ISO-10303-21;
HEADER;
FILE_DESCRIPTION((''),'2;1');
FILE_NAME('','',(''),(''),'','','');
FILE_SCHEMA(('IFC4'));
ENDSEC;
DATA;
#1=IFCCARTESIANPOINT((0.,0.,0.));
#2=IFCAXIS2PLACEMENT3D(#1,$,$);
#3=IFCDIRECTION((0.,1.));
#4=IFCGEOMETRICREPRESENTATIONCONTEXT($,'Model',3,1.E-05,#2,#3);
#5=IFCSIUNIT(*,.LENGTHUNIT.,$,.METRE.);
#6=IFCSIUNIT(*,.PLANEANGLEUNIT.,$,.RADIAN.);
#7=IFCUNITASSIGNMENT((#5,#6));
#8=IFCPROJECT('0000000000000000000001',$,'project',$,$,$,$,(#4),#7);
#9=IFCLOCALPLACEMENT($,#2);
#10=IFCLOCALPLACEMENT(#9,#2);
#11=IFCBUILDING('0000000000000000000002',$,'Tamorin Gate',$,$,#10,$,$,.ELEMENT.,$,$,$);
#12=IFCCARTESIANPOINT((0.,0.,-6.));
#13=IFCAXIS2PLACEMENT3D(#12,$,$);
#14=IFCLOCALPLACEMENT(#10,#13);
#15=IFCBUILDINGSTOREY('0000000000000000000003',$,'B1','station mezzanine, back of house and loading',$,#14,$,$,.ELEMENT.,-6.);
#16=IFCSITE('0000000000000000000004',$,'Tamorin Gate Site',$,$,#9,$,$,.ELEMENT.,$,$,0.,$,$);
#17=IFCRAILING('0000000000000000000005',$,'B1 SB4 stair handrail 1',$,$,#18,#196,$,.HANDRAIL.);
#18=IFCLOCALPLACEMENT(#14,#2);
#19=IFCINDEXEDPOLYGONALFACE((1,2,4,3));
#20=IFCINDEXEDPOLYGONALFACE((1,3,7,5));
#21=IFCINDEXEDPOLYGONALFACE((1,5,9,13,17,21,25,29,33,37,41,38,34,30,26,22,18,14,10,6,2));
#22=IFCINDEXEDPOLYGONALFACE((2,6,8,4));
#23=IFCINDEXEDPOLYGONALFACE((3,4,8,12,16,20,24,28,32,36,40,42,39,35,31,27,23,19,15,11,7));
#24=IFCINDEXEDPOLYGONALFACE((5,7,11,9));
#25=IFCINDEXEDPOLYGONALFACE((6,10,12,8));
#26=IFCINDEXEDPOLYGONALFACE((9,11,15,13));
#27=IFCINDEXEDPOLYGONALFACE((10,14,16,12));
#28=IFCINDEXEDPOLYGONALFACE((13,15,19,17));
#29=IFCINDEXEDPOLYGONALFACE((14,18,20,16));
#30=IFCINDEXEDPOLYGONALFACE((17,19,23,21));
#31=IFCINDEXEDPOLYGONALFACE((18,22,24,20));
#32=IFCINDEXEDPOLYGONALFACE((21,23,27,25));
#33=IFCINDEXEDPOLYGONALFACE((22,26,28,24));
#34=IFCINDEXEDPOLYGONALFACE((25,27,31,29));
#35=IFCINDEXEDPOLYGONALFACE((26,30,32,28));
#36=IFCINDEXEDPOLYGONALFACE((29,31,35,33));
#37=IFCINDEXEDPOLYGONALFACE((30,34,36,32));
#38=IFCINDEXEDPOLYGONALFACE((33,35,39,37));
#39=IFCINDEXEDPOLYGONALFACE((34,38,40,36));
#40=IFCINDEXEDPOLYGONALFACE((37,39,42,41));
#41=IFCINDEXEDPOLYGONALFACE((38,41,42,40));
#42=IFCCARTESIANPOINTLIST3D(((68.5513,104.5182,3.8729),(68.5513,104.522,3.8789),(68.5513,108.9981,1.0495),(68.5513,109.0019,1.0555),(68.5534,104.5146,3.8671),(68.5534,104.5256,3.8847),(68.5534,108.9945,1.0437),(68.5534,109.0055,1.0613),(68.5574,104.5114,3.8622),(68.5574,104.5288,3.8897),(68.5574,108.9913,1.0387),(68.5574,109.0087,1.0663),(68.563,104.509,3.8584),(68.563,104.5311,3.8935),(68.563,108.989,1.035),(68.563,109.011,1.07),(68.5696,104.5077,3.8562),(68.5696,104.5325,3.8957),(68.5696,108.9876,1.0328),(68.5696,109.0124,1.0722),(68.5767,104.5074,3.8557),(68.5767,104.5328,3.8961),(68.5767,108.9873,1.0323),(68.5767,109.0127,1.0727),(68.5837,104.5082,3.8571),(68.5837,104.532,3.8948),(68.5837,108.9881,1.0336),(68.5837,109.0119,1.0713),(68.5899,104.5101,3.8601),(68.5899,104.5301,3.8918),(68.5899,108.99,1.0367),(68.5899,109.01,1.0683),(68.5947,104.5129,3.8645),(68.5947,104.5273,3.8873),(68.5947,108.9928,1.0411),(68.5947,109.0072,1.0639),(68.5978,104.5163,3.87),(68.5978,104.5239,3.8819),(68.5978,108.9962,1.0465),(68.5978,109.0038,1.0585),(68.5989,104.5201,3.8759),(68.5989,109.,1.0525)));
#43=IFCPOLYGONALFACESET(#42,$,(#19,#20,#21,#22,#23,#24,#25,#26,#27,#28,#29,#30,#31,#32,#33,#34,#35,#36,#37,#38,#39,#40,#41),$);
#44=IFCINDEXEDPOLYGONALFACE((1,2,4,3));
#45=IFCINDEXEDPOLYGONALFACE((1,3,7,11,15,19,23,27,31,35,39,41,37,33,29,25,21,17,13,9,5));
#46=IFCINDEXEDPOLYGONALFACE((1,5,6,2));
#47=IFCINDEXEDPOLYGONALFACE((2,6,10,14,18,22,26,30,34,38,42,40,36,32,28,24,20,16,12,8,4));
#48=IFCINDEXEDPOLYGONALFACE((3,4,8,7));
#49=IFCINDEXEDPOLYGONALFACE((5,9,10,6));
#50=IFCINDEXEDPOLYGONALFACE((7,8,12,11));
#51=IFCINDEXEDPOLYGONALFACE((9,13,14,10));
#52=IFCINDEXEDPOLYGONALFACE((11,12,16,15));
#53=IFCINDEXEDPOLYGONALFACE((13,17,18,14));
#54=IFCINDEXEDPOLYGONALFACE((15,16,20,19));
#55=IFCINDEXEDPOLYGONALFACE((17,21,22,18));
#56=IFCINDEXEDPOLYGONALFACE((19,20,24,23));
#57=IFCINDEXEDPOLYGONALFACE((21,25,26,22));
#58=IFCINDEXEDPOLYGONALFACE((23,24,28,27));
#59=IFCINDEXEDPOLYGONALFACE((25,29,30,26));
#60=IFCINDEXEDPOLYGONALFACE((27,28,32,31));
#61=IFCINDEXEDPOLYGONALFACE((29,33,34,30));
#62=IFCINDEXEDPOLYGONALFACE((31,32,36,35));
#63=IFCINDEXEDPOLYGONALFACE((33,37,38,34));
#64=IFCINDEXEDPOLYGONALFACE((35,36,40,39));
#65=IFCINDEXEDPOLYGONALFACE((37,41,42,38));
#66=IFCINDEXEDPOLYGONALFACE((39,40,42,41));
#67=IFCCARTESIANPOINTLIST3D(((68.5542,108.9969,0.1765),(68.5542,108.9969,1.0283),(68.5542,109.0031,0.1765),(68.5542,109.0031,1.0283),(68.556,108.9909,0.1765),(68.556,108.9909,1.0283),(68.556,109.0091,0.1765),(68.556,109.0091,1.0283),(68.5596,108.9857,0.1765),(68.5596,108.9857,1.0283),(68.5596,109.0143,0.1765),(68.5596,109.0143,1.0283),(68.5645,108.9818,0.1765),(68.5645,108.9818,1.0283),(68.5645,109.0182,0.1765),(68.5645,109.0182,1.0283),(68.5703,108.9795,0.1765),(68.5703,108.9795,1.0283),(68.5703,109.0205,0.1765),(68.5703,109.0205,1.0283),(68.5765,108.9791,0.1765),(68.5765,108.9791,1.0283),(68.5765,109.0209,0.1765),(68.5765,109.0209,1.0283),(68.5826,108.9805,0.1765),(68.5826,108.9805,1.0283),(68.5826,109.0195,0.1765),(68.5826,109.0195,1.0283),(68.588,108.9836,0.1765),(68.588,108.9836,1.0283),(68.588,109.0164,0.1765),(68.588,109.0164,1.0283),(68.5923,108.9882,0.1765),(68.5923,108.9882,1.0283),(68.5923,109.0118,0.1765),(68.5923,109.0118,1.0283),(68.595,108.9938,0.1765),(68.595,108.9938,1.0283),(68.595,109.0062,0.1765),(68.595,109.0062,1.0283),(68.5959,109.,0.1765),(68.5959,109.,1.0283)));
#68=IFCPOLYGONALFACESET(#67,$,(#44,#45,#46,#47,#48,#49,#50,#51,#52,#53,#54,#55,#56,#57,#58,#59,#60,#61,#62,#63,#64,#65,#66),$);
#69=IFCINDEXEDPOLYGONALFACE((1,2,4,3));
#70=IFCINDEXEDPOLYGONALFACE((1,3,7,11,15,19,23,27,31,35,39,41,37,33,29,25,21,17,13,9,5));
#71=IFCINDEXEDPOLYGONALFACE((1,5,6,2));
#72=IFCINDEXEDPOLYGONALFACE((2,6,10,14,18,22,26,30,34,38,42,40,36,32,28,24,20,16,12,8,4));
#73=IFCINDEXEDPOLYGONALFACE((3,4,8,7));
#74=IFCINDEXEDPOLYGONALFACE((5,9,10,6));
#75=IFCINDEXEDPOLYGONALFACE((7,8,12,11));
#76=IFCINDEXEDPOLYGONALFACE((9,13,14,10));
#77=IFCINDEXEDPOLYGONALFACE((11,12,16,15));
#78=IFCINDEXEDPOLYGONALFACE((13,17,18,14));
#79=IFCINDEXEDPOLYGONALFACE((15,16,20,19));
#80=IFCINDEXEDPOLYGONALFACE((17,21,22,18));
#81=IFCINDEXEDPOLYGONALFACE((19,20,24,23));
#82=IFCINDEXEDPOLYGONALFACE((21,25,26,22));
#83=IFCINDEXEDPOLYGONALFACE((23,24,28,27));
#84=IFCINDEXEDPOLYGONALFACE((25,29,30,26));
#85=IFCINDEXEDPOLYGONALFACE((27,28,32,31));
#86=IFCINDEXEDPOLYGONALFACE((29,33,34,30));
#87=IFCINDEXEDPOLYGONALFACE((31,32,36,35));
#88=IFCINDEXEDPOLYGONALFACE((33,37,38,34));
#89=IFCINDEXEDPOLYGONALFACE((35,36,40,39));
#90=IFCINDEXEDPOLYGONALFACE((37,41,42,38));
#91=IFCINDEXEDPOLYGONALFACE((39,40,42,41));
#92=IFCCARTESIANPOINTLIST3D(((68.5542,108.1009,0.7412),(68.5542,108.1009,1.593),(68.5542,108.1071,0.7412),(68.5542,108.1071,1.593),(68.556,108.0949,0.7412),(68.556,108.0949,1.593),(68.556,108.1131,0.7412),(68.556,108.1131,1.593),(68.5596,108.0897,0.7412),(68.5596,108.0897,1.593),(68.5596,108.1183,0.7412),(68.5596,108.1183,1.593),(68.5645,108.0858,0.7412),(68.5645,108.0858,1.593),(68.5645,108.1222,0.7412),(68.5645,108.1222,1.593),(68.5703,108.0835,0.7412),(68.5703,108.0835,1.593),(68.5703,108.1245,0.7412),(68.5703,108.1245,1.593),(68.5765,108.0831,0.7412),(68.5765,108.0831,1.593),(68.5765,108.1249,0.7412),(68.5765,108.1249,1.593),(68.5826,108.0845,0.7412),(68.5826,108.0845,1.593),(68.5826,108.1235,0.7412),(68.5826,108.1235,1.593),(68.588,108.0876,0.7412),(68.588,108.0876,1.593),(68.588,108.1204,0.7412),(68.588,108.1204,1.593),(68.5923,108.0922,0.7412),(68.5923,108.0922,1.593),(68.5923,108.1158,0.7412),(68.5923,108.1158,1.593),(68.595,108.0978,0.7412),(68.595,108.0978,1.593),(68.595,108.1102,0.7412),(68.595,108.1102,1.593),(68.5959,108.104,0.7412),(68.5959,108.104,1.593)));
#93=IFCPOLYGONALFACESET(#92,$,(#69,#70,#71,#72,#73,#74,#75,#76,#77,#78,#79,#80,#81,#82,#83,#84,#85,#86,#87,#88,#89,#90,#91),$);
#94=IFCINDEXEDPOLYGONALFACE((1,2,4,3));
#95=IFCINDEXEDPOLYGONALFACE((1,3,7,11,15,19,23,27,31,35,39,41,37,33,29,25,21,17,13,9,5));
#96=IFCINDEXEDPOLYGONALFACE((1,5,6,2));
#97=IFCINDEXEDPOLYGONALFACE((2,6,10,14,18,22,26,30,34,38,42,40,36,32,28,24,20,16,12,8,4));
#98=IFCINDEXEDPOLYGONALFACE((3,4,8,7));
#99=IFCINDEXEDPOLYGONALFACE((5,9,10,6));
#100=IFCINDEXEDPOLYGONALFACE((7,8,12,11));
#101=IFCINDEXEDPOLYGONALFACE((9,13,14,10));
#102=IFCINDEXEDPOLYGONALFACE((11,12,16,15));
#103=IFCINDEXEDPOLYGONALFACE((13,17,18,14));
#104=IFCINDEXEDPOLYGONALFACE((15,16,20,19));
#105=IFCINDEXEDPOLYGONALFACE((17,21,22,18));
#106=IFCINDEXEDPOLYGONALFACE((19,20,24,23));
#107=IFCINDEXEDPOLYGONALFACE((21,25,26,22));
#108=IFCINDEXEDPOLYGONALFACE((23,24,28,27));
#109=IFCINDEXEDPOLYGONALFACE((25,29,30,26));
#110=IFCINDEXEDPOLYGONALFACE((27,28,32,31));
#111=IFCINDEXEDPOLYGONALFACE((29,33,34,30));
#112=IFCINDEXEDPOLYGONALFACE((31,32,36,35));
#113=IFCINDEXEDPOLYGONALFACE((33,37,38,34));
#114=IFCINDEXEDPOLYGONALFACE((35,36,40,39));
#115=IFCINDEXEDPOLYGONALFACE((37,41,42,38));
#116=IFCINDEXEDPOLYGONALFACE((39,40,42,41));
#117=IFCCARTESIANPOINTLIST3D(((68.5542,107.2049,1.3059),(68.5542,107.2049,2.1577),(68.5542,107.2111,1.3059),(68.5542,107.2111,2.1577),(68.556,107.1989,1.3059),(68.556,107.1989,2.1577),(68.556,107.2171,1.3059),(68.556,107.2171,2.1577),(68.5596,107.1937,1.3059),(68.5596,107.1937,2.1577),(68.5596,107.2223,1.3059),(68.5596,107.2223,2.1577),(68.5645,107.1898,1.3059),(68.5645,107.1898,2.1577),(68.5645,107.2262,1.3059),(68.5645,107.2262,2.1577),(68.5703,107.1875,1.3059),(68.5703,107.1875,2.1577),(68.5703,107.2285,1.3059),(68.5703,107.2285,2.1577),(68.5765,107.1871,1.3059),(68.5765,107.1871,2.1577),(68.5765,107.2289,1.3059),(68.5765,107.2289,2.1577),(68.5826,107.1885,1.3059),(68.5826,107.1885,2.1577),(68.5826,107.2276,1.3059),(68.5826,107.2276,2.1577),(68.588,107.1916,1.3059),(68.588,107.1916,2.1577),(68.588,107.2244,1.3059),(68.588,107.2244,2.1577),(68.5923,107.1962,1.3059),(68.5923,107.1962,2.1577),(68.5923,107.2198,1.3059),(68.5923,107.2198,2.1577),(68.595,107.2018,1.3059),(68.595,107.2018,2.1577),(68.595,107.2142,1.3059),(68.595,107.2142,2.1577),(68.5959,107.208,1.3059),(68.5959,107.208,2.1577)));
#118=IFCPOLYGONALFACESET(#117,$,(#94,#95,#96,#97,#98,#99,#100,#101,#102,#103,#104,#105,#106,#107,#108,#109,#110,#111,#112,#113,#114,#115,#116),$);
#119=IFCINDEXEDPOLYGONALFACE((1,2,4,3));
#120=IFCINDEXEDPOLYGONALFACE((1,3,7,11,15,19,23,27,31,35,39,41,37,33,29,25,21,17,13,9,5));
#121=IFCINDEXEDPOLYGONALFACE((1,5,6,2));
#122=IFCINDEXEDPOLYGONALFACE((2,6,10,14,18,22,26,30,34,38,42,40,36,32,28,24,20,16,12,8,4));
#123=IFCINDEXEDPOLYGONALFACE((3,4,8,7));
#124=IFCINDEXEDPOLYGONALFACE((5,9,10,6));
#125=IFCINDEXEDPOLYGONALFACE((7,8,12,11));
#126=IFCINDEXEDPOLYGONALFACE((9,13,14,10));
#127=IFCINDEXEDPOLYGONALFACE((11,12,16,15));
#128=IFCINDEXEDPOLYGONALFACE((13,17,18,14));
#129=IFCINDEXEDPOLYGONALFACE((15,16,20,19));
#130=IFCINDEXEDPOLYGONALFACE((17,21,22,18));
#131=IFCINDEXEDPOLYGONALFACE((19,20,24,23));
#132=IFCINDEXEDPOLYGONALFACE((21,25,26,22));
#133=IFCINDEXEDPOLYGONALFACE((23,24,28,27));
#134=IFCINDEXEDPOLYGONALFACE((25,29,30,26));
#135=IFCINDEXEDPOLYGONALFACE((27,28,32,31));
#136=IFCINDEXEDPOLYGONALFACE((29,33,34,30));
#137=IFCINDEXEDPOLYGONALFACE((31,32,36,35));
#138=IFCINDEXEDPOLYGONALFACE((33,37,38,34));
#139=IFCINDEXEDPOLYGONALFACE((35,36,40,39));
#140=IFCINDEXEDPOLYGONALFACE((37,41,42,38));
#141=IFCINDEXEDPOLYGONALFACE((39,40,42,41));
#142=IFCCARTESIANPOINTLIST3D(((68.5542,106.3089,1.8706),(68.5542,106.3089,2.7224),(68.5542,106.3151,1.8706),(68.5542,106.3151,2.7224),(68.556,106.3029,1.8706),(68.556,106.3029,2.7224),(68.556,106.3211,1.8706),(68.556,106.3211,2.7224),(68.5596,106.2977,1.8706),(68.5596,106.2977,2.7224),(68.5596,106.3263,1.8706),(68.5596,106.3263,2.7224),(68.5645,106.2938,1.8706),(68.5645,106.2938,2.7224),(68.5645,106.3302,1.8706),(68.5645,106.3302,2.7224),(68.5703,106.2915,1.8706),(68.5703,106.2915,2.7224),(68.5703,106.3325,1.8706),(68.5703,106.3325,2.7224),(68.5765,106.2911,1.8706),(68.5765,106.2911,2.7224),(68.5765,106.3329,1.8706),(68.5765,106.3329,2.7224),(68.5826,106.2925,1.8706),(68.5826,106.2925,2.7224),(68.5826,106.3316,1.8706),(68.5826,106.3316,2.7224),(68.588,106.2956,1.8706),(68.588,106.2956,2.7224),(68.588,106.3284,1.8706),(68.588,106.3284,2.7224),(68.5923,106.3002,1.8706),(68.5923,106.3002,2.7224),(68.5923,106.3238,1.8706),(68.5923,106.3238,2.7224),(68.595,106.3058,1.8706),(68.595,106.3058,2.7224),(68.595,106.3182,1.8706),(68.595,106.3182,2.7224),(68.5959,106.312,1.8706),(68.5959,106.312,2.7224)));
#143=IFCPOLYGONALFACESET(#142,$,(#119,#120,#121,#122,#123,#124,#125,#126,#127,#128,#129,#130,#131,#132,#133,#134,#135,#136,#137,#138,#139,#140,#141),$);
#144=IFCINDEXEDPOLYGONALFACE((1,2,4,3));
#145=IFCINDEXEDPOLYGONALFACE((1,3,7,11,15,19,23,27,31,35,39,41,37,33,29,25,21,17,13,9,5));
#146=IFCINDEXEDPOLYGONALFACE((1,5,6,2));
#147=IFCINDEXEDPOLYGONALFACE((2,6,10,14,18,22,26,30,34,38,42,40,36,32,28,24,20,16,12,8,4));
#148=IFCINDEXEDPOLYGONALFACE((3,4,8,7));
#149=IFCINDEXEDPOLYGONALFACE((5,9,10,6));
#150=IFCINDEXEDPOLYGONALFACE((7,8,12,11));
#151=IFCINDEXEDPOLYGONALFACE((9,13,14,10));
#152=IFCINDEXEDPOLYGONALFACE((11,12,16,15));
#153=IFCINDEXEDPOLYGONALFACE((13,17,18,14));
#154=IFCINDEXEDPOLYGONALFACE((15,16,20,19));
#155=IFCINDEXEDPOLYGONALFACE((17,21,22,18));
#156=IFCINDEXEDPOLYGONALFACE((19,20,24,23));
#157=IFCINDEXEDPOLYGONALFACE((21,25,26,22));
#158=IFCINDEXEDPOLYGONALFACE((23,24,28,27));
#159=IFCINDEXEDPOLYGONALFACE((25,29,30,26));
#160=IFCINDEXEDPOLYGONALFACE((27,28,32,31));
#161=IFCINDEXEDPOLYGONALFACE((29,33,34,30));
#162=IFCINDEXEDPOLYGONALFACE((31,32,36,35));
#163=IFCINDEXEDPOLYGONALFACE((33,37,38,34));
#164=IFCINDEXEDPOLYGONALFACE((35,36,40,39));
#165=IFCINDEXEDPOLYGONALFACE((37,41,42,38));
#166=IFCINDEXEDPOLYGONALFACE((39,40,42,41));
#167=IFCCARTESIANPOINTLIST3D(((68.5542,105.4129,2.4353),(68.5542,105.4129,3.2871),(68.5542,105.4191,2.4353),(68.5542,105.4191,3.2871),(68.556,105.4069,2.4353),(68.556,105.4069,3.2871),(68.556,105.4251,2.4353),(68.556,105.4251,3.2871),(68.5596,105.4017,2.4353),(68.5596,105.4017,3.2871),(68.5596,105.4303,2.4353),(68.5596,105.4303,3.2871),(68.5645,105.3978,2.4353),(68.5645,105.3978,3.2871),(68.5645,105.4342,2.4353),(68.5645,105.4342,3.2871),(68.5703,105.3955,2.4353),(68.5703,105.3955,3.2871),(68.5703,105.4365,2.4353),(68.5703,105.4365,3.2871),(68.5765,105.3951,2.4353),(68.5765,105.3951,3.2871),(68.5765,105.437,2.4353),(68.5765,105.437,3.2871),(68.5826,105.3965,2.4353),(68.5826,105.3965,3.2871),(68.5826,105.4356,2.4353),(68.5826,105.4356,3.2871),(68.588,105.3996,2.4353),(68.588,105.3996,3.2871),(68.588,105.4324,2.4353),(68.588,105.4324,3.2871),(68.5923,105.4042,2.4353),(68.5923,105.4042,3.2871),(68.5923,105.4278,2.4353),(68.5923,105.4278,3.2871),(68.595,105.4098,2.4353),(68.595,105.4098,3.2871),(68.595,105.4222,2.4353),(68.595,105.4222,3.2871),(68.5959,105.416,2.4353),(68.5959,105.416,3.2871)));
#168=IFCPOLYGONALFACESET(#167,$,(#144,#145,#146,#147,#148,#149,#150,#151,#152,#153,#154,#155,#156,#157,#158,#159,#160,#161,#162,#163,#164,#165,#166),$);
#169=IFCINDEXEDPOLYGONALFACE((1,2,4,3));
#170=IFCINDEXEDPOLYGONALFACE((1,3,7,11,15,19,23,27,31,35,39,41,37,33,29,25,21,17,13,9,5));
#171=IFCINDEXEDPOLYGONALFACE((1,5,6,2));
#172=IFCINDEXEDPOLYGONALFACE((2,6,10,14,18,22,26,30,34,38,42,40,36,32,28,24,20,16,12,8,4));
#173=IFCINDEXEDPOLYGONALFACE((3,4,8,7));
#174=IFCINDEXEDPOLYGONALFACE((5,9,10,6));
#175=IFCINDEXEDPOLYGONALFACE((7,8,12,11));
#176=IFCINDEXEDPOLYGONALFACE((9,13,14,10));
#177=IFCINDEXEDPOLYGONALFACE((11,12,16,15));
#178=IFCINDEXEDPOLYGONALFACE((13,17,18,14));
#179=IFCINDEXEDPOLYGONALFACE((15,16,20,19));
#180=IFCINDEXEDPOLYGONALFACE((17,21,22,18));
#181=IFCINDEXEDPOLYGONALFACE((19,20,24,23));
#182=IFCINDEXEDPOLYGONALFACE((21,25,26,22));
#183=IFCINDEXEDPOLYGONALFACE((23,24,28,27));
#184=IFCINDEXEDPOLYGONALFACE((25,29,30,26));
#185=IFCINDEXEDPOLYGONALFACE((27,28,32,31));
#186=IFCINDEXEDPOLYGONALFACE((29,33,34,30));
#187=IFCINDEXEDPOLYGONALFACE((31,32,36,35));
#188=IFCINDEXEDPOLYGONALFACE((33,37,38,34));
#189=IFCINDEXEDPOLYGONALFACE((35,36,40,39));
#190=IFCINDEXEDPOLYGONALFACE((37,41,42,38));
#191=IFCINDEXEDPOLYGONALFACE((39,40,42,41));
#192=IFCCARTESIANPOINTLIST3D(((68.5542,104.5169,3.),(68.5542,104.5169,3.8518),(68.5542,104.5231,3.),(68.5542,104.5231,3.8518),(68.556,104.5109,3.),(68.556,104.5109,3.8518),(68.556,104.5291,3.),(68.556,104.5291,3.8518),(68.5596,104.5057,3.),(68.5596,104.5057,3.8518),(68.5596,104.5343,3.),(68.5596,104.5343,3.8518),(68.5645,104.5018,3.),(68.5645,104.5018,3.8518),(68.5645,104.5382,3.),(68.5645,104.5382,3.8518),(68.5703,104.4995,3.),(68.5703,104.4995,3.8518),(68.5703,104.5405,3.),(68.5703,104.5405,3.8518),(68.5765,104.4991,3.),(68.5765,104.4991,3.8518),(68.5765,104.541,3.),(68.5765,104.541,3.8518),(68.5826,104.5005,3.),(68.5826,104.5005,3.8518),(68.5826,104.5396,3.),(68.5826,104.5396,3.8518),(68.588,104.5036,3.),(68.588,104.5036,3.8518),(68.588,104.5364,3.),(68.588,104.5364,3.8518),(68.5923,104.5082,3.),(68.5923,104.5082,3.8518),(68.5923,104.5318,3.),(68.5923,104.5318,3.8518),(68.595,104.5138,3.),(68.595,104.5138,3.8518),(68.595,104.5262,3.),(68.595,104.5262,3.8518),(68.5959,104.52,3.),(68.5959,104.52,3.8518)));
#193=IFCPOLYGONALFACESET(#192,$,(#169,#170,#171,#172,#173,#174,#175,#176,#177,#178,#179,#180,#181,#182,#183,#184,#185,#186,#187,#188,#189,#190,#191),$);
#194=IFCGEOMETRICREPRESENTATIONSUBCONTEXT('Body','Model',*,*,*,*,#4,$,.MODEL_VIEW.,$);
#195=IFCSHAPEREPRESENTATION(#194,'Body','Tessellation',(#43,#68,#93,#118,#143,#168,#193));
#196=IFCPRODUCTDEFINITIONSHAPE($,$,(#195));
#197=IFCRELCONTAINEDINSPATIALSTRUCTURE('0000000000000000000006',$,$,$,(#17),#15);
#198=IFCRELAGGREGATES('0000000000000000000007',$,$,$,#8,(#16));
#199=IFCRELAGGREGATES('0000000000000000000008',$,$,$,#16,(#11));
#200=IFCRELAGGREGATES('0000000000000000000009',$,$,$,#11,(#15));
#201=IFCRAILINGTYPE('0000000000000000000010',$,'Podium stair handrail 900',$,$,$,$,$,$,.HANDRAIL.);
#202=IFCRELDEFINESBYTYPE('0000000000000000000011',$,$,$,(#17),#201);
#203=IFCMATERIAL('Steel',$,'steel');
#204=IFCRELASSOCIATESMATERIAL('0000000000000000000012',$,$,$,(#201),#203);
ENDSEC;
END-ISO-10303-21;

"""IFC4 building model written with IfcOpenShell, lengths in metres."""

from ifc_helpers import new_model, si_unit, direction, frame, origin, origin_2d, place, context, subcontext, project, spatial, circle, extrude, material, type_object, element, save


model = new_model("IFC4")

# Units and contexts
model_context = context("Model", 3, precision=1e-05, world=origin(), true_north=direction((0.0, 1.0)))
body_context = subcontext(model_context, "Body", "Model", "MODEL_VIEW")
ifc_project = project(units=[si_unit("LENGTHUNIT", "METRE"), si_unit("PLANEANGLEUNIT", "RADIAN")], contexts=[model_context])

# Site, building, storey
site_placement = place(None, origin())
site = spatial("IfcSite", under=ifc_project, at=site_placement, Name="Tamorin Gate Site", CompositionType="ELEMENT", RefElevation=0.0)
building_placement = place(site_placement, origin())
building = spatial("IfcBuilding", under=site, at=building_placement, Name="Tamorin Gate", CompositionType="ELEMENT")
storey_placement = place(building_placement, frame((0.0, 0.0, -6.0)))
storey = spatial("IfcBuildingStorey", under=building, at=storey_placement, Name="B1", Description="station mezzanine, back of house and loading", CompositionType="ELEMENT", Elevation=-6.0)

# Railing
ifc_material_1 = material(Name="Steel", Category="steel")
railing_type_1 = type_object("IfcRailingType", Name="Podium stair handrail 900", PredefinedType="HANDRAIL", material=ifc_material_1)
railing_1_placement = place(storey_placement, frame((68.575, 109.0, 0.1765)))
element("IfcRailing", 1, at=railing_1_placement, inside=storey, type_object=railing_type_1, Name="B1 SB4 stair handrail 1", PredefinedType="HANDRAIL", context=body_context, shape_type="SweptSolid", body=[
    extrude(circle(Radius=0.0239, at=origin_2d()), frame((0.0, 0.0, 0.876), z_axis=(0.0, -0.845998, 0.533186), x_axis=(1.0, 0.0, 0.0)), (0.0, 0.0, 1.0), 5.2954),
    extrude(circle(Radius=0.021, at=origin_2d()), origin(), (0.0, 0.0, 1.0), 0.8518),
    extrude(circle(Radius=0.021, at=origin_2d()), frame((0.0, -0.896, 0.5647)), (0.0, 0.0, 1.0), 0.8518),
    extrude(circle(Radius=0.021, at=origin_2d()), frame((0.0, -1.792, 1.1294)), (0.0, 0.0, 1.0), 0.8518),
    extrude(circle(Radius=0.021, at=origin_2d()), frame((0.0, -2.688, 1.6941)), (0.0, 0.0, 1.0), 0.8518),
    extrude(circle(Radius=0.021, at=origin_2d()), frame((0.0, -3.584, 2.2588)), (0.0, 0.0, 1.0), 0.8518),
    extrude(circle(Radius=0.021, at=origin_2d()), frame((0.0, -4.48, 2.8235)), (0.0, 0.0, 1.0), 0.8518),
])

save(model, "model.ifc")
